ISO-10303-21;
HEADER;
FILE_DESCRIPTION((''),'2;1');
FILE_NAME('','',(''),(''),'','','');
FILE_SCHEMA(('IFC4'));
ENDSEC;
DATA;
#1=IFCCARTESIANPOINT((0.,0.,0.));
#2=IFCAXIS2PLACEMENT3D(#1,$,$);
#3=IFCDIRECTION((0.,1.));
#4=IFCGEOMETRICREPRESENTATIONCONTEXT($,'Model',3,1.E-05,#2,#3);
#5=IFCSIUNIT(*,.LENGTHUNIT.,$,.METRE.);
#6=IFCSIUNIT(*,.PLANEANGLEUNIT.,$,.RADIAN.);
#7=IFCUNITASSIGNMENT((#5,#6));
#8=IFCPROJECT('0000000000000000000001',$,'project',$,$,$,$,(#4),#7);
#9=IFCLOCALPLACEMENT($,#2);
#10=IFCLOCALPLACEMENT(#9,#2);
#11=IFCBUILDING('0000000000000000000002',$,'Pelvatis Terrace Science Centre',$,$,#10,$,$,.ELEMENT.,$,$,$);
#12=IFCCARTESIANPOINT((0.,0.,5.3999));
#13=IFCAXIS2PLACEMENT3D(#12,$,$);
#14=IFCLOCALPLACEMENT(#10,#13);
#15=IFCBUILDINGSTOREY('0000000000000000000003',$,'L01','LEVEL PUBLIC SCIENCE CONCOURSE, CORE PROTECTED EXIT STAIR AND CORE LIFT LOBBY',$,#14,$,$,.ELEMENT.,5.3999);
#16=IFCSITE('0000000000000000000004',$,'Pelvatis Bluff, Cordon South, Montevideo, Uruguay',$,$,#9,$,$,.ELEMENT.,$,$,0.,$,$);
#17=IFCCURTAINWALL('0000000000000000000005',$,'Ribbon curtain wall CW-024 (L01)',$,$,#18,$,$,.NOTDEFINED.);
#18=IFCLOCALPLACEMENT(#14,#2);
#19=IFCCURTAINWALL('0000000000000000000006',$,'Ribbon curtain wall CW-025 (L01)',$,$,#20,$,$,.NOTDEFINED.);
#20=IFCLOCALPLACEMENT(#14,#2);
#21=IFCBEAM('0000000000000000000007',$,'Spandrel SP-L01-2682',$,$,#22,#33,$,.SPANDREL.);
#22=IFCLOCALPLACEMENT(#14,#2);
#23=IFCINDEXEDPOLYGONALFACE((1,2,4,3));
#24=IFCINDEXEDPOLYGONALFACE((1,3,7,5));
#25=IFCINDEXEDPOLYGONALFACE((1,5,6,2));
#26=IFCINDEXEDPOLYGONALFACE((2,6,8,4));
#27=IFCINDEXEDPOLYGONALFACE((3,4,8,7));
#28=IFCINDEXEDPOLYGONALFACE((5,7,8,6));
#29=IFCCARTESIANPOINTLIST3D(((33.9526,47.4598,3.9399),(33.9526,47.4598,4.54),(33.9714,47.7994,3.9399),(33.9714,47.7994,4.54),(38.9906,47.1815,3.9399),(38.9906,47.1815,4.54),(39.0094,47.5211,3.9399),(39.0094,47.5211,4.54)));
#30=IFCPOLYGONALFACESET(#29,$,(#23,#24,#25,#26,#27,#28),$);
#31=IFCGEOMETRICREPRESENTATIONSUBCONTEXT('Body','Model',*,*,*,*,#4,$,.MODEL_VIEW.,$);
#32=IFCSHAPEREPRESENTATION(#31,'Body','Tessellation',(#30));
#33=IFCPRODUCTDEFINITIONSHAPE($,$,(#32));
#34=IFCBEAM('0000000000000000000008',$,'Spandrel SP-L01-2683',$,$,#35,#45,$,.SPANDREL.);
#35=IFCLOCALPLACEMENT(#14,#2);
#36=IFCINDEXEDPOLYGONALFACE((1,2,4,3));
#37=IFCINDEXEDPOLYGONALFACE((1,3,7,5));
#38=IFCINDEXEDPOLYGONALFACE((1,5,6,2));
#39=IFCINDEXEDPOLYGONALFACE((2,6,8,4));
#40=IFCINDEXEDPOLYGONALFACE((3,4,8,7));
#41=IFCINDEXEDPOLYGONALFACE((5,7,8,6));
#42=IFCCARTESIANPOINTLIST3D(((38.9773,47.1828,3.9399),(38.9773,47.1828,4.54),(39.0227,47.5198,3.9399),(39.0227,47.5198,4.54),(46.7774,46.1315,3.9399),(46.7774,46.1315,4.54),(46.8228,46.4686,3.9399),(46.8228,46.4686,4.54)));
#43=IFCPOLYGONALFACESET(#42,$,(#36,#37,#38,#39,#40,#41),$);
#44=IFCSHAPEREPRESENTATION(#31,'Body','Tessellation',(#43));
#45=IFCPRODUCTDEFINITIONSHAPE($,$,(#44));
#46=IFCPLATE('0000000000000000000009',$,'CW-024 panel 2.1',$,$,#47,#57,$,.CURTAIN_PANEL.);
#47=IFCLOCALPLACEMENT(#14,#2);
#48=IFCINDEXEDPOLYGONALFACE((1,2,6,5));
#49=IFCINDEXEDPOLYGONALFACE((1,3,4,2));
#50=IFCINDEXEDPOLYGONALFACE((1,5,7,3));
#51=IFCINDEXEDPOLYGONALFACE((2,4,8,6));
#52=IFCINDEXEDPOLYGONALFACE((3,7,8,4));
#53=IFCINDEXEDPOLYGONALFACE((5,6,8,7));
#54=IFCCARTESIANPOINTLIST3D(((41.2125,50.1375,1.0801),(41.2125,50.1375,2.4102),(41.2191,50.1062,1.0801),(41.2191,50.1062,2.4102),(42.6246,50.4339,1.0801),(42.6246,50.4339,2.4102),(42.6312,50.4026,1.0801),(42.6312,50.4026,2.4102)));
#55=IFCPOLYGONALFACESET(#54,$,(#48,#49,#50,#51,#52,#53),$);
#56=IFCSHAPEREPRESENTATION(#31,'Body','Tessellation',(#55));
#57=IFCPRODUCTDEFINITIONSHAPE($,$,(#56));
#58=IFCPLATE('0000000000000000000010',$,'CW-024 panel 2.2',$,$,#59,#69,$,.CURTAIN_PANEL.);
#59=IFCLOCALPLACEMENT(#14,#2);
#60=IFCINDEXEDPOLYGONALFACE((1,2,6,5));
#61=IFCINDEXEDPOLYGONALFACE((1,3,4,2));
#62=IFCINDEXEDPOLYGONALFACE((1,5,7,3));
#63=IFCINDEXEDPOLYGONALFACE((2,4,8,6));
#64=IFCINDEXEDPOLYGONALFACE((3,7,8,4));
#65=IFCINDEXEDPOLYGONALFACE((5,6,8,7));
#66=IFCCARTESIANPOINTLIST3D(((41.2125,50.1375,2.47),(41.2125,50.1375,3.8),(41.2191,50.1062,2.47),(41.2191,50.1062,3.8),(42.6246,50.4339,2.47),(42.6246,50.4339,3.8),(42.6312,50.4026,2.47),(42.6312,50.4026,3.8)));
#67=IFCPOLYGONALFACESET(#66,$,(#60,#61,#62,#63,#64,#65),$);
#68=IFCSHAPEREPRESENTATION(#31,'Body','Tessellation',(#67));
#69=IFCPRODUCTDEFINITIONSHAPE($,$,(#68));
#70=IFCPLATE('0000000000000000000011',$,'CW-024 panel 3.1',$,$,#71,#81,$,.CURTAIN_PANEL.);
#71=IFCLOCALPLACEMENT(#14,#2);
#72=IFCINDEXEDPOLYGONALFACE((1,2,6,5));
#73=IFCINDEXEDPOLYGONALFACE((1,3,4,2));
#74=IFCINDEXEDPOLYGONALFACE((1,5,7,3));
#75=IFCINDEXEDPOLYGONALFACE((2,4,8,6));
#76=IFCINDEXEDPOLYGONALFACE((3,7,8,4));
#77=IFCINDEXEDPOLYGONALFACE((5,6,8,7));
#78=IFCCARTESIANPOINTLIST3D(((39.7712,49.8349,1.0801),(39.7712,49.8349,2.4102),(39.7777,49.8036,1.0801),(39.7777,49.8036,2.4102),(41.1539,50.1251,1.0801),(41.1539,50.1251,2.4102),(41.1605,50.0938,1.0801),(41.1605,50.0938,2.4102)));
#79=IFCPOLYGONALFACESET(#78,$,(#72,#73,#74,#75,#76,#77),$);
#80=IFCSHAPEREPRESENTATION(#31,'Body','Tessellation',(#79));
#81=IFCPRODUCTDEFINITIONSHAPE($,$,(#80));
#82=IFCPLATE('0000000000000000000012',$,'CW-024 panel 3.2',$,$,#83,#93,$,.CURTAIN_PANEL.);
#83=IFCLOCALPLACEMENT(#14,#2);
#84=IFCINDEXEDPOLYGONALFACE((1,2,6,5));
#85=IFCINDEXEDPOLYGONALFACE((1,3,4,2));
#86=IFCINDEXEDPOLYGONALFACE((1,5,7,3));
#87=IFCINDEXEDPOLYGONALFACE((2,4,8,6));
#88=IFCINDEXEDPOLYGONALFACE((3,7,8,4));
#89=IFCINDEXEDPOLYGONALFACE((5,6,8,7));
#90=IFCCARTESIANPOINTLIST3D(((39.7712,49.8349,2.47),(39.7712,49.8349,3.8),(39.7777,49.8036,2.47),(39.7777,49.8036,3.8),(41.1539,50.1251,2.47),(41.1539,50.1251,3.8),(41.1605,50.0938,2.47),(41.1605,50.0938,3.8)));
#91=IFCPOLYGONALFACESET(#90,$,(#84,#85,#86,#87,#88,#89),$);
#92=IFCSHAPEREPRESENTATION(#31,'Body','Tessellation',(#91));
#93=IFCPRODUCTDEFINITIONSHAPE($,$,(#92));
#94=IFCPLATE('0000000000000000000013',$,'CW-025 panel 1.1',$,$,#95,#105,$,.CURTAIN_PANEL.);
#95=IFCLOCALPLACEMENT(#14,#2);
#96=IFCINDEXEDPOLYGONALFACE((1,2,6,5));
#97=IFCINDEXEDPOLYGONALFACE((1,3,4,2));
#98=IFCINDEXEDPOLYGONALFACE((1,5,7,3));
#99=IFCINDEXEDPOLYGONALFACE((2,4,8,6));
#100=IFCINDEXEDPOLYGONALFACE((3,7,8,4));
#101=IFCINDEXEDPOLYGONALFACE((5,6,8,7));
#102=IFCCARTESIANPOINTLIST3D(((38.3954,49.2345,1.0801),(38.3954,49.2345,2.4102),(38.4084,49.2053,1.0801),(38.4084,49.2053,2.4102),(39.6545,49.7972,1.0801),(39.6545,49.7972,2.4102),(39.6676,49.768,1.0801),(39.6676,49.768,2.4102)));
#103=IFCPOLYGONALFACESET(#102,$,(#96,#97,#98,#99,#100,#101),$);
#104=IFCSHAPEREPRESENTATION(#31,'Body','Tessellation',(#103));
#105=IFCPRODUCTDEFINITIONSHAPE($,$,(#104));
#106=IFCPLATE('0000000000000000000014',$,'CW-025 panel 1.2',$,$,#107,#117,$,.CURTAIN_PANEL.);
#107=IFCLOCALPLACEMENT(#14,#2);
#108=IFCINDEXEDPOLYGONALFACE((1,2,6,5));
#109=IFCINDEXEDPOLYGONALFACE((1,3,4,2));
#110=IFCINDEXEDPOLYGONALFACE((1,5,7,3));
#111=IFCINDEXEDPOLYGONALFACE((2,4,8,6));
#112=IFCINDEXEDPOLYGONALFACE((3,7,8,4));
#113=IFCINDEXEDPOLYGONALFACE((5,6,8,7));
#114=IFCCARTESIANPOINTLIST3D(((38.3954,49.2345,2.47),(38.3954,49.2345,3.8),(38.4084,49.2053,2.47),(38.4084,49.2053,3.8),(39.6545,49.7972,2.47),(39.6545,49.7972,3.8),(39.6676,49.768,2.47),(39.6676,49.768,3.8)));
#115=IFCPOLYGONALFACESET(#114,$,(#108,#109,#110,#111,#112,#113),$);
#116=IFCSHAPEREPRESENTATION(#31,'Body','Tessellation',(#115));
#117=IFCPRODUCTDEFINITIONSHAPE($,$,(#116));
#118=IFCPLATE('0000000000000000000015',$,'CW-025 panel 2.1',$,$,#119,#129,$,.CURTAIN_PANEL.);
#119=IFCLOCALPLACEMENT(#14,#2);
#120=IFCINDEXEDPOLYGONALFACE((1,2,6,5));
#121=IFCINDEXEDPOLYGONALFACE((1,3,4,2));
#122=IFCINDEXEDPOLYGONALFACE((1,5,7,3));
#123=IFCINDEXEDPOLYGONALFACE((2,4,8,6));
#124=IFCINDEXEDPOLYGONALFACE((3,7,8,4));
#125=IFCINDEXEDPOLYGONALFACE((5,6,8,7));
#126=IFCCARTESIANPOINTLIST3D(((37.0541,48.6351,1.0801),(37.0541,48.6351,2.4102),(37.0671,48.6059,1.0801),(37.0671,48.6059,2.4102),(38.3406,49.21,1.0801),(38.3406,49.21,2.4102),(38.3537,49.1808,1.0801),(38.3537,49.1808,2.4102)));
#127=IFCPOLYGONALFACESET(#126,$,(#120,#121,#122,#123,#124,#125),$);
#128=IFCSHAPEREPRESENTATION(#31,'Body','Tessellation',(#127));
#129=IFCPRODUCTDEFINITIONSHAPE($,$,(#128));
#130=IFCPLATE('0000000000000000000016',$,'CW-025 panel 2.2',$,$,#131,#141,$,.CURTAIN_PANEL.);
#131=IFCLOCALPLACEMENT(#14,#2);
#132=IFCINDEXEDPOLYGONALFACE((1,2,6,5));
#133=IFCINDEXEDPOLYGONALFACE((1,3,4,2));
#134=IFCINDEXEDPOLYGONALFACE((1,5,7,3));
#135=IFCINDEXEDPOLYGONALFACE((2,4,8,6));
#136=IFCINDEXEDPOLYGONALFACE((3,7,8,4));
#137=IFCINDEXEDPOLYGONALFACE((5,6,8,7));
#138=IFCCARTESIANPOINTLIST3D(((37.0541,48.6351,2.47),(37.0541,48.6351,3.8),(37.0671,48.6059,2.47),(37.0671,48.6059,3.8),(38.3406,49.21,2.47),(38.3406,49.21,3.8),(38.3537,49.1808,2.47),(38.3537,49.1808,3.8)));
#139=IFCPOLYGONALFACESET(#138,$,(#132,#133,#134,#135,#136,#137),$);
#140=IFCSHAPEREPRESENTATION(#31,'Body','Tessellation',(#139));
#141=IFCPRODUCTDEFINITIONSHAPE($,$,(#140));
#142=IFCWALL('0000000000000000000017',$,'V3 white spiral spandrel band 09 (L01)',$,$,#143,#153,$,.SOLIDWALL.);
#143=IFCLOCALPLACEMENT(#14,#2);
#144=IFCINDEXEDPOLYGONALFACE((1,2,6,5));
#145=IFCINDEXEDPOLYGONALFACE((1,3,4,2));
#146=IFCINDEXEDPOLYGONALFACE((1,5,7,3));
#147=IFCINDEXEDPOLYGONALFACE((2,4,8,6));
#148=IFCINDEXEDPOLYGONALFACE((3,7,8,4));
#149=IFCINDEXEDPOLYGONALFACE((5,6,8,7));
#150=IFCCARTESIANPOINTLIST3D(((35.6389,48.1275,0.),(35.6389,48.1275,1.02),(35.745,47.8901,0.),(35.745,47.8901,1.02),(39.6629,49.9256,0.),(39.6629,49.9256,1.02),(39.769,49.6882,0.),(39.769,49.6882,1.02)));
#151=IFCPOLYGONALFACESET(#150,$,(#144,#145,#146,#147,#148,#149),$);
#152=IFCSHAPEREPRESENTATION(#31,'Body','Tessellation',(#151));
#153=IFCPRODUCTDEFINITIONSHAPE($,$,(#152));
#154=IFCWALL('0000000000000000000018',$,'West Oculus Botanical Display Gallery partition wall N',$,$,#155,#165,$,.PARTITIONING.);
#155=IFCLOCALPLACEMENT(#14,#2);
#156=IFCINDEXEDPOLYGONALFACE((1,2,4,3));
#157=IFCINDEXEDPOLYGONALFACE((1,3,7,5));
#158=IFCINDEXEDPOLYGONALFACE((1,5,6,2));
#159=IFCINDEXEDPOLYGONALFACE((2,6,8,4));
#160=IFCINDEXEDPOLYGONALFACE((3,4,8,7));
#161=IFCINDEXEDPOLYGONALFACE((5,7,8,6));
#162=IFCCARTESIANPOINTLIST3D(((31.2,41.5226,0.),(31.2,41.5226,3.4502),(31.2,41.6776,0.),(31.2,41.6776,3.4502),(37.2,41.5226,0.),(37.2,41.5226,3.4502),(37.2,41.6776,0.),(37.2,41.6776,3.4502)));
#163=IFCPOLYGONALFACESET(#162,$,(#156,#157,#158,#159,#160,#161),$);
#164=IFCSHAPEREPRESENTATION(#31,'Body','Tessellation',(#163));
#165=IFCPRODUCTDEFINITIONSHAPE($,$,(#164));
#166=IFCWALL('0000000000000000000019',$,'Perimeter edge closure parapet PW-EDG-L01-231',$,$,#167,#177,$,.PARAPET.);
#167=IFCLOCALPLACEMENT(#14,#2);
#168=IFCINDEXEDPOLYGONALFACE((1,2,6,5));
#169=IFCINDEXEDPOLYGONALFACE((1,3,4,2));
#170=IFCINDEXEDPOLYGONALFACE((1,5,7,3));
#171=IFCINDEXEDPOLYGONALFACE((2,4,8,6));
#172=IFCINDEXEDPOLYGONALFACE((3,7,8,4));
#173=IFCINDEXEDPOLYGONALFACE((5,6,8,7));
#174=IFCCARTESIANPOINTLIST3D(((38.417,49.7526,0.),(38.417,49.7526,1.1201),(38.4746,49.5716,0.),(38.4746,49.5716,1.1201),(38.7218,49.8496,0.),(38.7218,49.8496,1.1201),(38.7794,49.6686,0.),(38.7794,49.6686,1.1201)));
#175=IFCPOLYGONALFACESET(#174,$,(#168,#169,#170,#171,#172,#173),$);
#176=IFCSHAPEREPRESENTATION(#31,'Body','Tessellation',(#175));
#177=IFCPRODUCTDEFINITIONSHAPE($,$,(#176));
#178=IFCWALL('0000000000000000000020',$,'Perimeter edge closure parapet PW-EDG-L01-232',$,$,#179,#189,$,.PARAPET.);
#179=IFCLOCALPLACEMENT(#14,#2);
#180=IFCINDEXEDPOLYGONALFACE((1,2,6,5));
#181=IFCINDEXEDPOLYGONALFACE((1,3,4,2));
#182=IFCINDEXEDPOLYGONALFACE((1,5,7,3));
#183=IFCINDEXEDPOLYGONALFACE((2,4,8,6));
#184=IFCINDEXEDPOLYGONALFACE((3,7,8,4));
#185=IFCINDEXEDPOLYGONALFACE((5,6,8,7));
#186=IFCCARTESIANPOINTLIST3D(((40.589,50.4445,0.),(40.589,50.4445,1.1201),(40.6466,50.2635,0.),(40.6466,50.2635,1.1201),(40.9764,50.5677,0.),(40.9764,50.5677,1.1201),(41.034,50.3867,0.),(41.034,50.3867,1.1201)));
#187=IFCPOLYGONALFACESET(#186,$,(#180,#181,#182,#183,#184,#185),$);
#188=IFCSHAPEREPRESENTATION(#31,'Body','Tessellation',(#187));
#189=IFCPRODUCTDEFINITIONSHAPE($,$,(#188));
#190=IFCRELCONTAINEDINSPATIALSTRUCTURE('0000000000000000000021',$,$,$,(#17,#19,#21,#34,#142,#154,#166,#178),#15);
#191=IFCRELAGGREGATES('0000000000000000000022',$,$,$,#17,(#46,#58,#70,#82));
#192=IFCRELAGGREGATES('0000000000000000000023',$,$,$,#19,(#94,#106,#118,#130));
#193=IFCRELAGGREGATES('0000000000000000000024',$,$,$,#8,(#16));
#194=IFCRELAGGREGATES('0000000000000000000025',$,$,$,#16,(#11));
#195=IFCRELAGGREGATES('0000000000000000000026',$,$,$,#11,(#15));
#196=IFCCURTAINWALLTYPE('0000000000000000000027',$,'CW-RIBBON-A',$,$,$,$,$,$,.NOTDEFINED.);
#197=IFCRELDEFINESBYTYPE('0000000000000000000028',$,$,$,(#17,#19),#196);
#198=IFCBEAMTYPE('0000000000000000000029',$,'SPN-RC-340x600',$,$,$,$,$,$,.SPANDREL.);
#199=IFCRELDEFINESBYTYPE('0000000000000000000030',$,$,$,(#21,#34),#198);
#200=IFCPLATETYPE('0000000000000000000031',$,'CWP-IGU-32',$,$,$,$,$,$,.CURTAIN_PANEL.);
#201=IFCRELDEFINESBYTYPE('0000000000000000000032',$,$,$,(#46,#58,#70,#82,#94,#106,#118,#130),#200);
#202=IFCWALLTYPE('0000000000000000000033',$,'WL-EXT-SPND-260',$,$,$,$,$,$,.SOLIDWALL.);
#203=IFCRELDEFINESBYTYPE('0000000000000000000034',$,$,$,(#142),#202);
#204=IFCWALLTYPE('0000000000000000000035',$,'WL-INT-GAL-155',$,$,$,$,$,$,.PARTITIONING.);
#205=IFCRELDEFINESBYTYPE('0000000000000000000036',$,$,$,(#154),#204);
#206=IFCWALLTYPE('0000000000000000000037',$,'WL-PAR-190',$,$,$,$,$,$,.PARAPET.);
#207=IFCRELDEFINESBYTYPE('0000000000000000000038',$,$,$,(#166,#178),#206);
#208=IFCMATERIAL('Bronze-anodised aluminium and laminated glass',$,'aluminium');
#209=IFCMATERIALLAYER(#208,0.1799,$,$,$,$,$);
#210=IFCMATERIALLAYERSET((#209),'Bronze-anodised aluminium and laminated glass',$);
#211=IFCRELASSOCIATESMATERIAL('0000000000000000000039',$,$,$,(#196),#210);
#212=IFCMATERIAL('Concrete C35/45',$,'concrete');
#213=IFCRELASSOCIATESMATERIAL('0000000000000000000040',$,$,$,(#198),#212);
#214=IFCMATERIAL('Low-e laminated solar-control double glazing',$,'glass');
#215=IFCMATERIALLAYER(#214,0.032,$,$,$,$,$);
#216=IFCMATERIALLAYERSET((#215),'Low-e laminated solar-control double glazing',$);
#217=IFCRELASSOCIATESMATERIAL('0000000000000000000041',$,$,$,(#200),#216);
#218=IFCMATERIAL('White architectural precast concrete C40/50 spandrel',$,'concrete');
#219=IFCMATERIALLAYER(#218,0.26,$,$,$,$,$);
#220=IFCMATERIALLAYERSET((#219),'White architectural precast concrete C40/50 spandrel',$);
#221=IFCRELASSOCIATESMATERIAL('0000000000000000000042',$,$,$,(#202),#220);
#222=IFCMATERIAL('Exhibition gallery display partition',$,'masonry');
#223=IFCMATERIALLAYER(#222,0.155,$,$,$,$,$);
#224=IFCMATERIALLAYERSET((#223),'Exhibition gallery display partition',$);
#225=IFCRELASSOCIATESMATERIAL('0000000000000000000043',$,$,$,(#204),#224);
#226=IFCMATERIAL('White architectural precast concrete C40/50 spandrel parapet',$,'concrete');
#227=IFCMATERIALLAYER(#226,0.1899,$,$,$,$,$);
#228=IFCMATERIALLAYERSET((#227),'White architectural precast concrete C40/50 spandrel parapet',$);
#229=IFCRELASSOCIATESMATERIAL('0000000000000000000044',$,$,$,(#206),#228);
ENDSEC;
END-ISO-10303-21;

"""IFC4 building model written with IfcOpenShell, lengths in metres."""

from ifc_helpers import new_model, si_unit, direction, frame, frame_2d, origin, origin_2d, place, context, subcontext, project, spatial, rectangle, extrude, material, layer, layer_set, material_profile, profile_set, type_object, element, aggregate, save


model = new_model("IFC4")

# Units and contexts
model_context = context("Model", 3, precision=1e-05, world=origin(), true_north=direction((0.0, 1.0)))
body_context = subcontext(model_context, "Body", "Model", "MODEL_VIEW")
ifc_project = project(units=[si_unit("LENGTHUNIT", "METRE"), si_unit("PLANEANGLEUNIT", "RADIAN")], contexts=[model_context])

# Site, building, storey
site_placement = place(None, origin())
site = spatial("IfcSite", under=ifc_project, at=site_placement, Name="Pelvatis Bluff, Cordon South, Montevideo, Uruguay", CompositionType="ELEMENT", RefElevation=0.0)
building_placement = place(site_placement, origin())
building = spatial("IfcBuilding", under=site, at=building_placement, Name="Pelvatis Terrace Science Centre", CompositionType="ELEMENT")
storey_placement = place(building_placement, frame((0.0, 0.0, 5.3999)))
storey = spatial("IfcBuildingStorey", under=building, at=storey_placement, Name="L01", Description="LEVEL PUBLIC SCIENCE CONCOURSE, CORE PROTECTED EXIT STAIR AND CORE LIFT LOBBY", CompositionType="ELEMENT", Elevation=5.3999)

# Curtain walls
ifc_material_1 = material(Name="Bronze-anodised aluminium and laminated glass", Category="aluminium")
ifc_layer_1 = layer(ifc_material_1, 0.1799)
ifc_layer_set_1 = layer_set([ifc_layer_1], Name="Bronze-anodised aluminium and laminated glass")
curtain_wall_type = type_object("IfcCurtainWallType", Name="CW-RIBBON-A", PredefinedType="NOTDEFINED", material=ifc_layer_set_1)
curtain_wall_1_placement = place(storey_placement, origin())
curtain_wall_1 = element("IfcCurtainWall", 1, at=curtain_wall_1_placement, inside=storey, type_object=curtain_wall_type, Name="Ribbon curtain wall CW-024 (L01)", PredefinedType="NOTDEFINED")
curtain_wall_2_placement = place(storey_placement, origin())
curtain_wall_2 = element("IfcCurtainWall", 2, at=curtain_wall_2_placement, inside=storey, type_object=curtain_wall_type, Name="Ribbon curtain wall CW-025 (L01)", PredefinedType="NOTDEFINED")

# Beams
ifc_material_2 = material(Name="Concrete C35/45", Category="concrete")
ifc_material_profile_1 = material_profile(ifc_material_2, rectangle(XDim=0.3401, YDim=0.6001, at=origin_2d()), Name="RC-SPN 340x600")
ifc_profile_set_1 = profile_set([ifc_material_profile_1], Name="Concrete C35/45")
beam_type = type_object("IfcBeamType", Name="SPN-RC-340x600", PredefinedType="SPANDREL", material=ifc_profile_set_1)
beam_1_placement = place(storey_placement, frame((39.0, 47.3513, 4.24), z_axis=(-0.998478, 0.055159, 0.0), x_axis=(-0.055159, -0.998478, 0.0)))
element("IfcBeam", 3, at=beam_1_placement, inside=storey, type_object=beam_type, Name="Spandrel SP-L01-2682", PredefinedType="SPANDREL", context=body_context, shape_type="SweptSolid", body=[
    extrude(rectangle(XDim=0.3401, YDim=0.6001, at=origin_2d()), origin(), (0.0, 0.0, 1.0), 5.0457),
])
beam_2_placement = place(storey_placement, frame((39.0, 47.3513, 4.24), z_axis=(0.991039, -0.13357, 0.0), x_axis=(0.13357, 0.991039, 0.0)))
element("IfcBeam", 4, at=beam_2_placement, inside=storey, type_object=beam_type, Name="Spandrel SP-L01-2683", PredefinedType="SPANDREL", context=body_context, shape_type="SweptSolid", body=[
    extrude(rectangle(XDim=0.3401, YDim=0.6001, at=origin_2d()), origin(), (0.0, 0.0, 1.0), 7.8706),
])

# Plates
ifc_material_3 = material(Name="Low-e laminated solar-control double glazing", Category="glass")
ifc_layer_2 = layer(ifc_material_3, 0.032)
ifc_layer_set_2 = layer_set([ifc_layer_2], Name="Low-e laminated solar-control double glazing")
plate_type = type_object("IfcPlateType", Name="CWP-IGU-32", PredefinedType="CURTAIN_PANEL", material=ifc_layer_set_2)
plate_1_placement = place(storey_placement, frame((41.9219, 50.27, 1.0801), z_axis=(0.0, 0.0, 1.0), x_axis=(-0.978679, -0.205398, 0.0)))
plate_1 = element("IfcPlate", 5, at=plate_1_placement, type_object=plate_type, Name="CW-024 panel 2.1", PredefinedType="CURTAIN_PANEL", context=body_context, shape_type="SweptSolid", body=[
    extrude(rectangle(XDim=1.4429, YDim=0.032, at=origin_2d()), origin(), (0.0, 0.0, 1.0), 1.3301),
])
plate_2_placement = place(storey_placement, frame((41.9219, 50.27, 2.47), z_axis=(0.0, 0.0, 1.0), x_axis=(-0.978679, -0.205398, 0.0)))
plate_2 = element("IfcPlate", 6, at=plate_2_placement, type_object=plate_type, Name="CW-024 panel 2.2", PredefinedType="CURTAIN_PANEL", context=body_context, shape_type="SweptSolid", body=[
    extrude(rectangle(XDim=1.4429, YDim=0.032, at=origin_2d()), origin(), (0.0, 0.0, 1.0), 1.3301),
])
plate_3_placement = place(storey_placement, frame((40.4658, 49.9644, 1.0801), z_axis=(0.0, 0.0, 1.0), x_axis=(-0.978679, -0.205398, 0.0)))
plate_3 = element("IfcPlate", 7, at=plate_3_placement, type_object=plate_type, Name="CW-024 panel 3.1", PredefinedType="CURTAIN_PANEL", context=body_context, shape_type="SweptSolid", body=[
    extrude(rectangle(XDim=1.4128, YDim=0.032, at=origin_2d()), origin(), (0.0, 0.0, 1.0), 1.3301),
])
plate_4_placement = place(storey_placement, frame((40.4658, 49.9644, 2.47), z_axis=(0.0, 0.0, 1.0), x_axis=(-0.978679, -0.205398, 0.0)))
plate_4 = element("IfcPlate", 8, at=plate_4_placement, type_object=plate_type, Name="CW-024 panel 3.2", PredefinedType="CURTAIN_PANEL", context=body_context, shape_type="SweptSolid", body=[
    extrude(rectangle(XDim=1.4128, YDim=0.032, at=origin_2d()), origin(), (0.0, 0.0, 1.0), 1.3301),
])
aggregate(curtain_wall_1, [plate_1, plate_2, plate_3, plate_4])
plate_5_placement = place(storey_placement, frame((39.0315, 49.5012, 1.0801), z_axis=(0.0, 0.0, 1.0), x_axis=(-0.912985, -0.407992, 0.0)))
plate_5 = element("IfcPlate", 9, at=plate_5_placement, type_object=plate_type, Name="CW-025 panel 1.1", PredefinedType="CURTAIN_PANEL", context=body_context, shape_type="SweptSolid", body=[
    extrude(rectangle(XDim=1.3792, YDim=0.032, at=origin_2d()), origin(), (0.0, 0.0, 1.0), 1.3301),
])
plate_6_placement = place(storey_placement, frame((39.0315, 49.5012, 2.47), z_axis=(0.0, 0.0, 1.0), x_axis=(-0.912985, -0.407992, 0.0)))
plate_6 = element("IfcPlate", 10, at=plate_6_placement, type_object=plate_type, Name="CW-025 panel 1.2", PredefinedType="CURTAIN_PANEL", context=body_context, shape_type="SweptSolid", body=[
    extrude(rectangle(XDim=1.3792, YDim=0.032, at=origin_2d()), origin(), (0.0, 0.0, 1.0), 1.3301),
])
plate_7_placement = place(storey_placement, frame((37.7039, 48.908, 1.0801), z_axis=(0.0, 0.0, 1.0), x_axis=(-0.912985, -0.407992, 0.0)))
plate_7 = element("IfcPlate", 11, at=plate_7_placement, type_object=plate_type, Name="CW-025 panel 2.1", PredefinedType="CURTAIN_PANEL", context=body_context, shape_type="SweptSolid", body=[
    extrude(rectangle(XDim=1.4092, YDim=0.032, at=origin_2d()), origin(), (0.0, 0.0, 1.0), 1.3301),
])
plate_8_placement = place(storey_placement, frame((37.7039, 48.908, 2.47), z_axis=(0.0, 0.0, 1.0), x_axis=(-0.912985, -0.407992, 0.0)))
plate_8 = element("IfcPlate", 12, at=plate_8_placement, type_object=plate_type, Name="CW-025 panel 2.2", PredefinedType="CURTAIN_PANEL", context=body_context, shape_type="SweptSolid", body=[
    extrude(rectangle(XDim=1.4092, YDim=0.032, at=origin_2d()), origin(), (0.0, 0.0, 1.0), 1.3301),
])
aggregate(curtain_wall_2, [plate_5, plate_6, plate_7, plate_8])

# Walls
ifc_material_4 = material(Name="White architectural precast concrete C40/50 spandrel", Category="concrete")
ifc_layer_3 = layer(ifc_material_4, 0.26)
ifc_layer_set_3 = layer_set([ifc_layer_3], Name="White architectural precast concrete C40/50 spandrel")
wall_type_1 = type_object("IfcWallType", Name="WL-EXT-SPND-260", PredefinedType="SOLIDWALL", material=ifc_layer_set_3)
wall_1_placement = place(storey_placement, frame((39.7158, 49.8069, 0.0), z_axis=(0.0, 0.0, 1.0), x_axis=(-0.912994, -0.407972, 0.0)))
element("IfcWall", 13, at=wall_1_placement, inside=storey, type_object=wall_type_1, Name="V3 white spiral spandrel band 09 (L01)", PredefinedType="SOLIDWALL", context=body_context, shape_type="SweptSolid", body=[
    extrude(rectangle(XDim=4.4075, YDim=0.26, at=frame_2d((2.2036, 0.0))), origin(), (0.0, 0.0, 1.0), 1.02),
])
ifc_material_5 = material(Name="Exhibition gallery display partition", Category="masonry")
ifc_layer_4 = layer(ifc_material_5, 0.155)
ifc_layer_set_4 = layer_set([ifc_layer_4], Name="Exhibition gallery display partition")
wall_type_2 = type_object("IfcWallType", Name="WL-INT-GAL-155", PredefinedType="PARTITIONING", material=ifc_layer_set_4)
wall_2_placement = place(storey_placement, frame((37.2, 41.6001, 0.0), z_axis=(0.0, 0.0, 1.0), x_axis=(-1.0, 0.0, 0.0)))
element("IfcWall", 14, at=wall_2_placement, inside=storey, type_object=wall_type_2, Name="West Oculus Botanical Display Gallery partition wall N", PredefinedType="PARTITIONING", context=body_context, shape_type="SweptSolid", body=[
    extrude(rectangle(XDim=6.0, YDim=0.155, at=frame_2d((3.0, 0.0))), origin(), (0.0, 0.0, 1.0), 3.4502),
])
ifc_material_6 = material(Name="White architectural precast concrete C40/50 spandrel parapet", Category="concrete")
ifc_layer_5 = layer(ifc_material_6, 0.1899)
ifc_layer_set_5 = layer_set([ifc_layer_5], Name="White architectural precast concrete C40/50 spandrel parapet")
wall_type_3 = type_object("IfcWallType", Name="WL-PAR-190", PredefinedType="PARAPET", material=ifc_layer_set_5)
wall_3_placement = place(storey_placement, frame((38.4458, 49.6621, 0.0), z_axis=(0.0, 0.0, 1.0), x_axis=(0.952946, 0.303141, 0.0)))
element("IfcWall", 15, at=wall_3_placement, inside=storey, type_object=wall_type_3, Name="Perimeter edge closure parapet PW-EDG-L01-231", PredefinedType="PARAPET", context=body_context, shape_type="SweptSolid", body=[
    extrude(rectangle(XDim=0.3198, YDim=0.1899, at=frame_2d((0.1599, 0.0))), origin(), (0.0, 0.0, 1.0), 1.1201),
])
wall_4_placement = place(storey_placement, frame((40.6179, 50.354, 0.0), z_axis=(0.0, 0.0, 1.0), x_axis=(0.952918, 0.303228, 0.0)))
element("IfcWall", 16, at=wall_4_placement, inside=storey, type_object=wall_type_3, Name="Perimeter edge closure parapet PW-EDG-L01-232", PredefinedType="PARAPET", context=body_context, shape_type="SweptSolid", body=[
    extrude(rectangle(XDim=0.4065, YDim=0.1899, at=frame_2d((0.2031, 0.0))), origin(), (0.0, 0.0, 1.0), 1.1201),
])

save(model, "model.ifc")
